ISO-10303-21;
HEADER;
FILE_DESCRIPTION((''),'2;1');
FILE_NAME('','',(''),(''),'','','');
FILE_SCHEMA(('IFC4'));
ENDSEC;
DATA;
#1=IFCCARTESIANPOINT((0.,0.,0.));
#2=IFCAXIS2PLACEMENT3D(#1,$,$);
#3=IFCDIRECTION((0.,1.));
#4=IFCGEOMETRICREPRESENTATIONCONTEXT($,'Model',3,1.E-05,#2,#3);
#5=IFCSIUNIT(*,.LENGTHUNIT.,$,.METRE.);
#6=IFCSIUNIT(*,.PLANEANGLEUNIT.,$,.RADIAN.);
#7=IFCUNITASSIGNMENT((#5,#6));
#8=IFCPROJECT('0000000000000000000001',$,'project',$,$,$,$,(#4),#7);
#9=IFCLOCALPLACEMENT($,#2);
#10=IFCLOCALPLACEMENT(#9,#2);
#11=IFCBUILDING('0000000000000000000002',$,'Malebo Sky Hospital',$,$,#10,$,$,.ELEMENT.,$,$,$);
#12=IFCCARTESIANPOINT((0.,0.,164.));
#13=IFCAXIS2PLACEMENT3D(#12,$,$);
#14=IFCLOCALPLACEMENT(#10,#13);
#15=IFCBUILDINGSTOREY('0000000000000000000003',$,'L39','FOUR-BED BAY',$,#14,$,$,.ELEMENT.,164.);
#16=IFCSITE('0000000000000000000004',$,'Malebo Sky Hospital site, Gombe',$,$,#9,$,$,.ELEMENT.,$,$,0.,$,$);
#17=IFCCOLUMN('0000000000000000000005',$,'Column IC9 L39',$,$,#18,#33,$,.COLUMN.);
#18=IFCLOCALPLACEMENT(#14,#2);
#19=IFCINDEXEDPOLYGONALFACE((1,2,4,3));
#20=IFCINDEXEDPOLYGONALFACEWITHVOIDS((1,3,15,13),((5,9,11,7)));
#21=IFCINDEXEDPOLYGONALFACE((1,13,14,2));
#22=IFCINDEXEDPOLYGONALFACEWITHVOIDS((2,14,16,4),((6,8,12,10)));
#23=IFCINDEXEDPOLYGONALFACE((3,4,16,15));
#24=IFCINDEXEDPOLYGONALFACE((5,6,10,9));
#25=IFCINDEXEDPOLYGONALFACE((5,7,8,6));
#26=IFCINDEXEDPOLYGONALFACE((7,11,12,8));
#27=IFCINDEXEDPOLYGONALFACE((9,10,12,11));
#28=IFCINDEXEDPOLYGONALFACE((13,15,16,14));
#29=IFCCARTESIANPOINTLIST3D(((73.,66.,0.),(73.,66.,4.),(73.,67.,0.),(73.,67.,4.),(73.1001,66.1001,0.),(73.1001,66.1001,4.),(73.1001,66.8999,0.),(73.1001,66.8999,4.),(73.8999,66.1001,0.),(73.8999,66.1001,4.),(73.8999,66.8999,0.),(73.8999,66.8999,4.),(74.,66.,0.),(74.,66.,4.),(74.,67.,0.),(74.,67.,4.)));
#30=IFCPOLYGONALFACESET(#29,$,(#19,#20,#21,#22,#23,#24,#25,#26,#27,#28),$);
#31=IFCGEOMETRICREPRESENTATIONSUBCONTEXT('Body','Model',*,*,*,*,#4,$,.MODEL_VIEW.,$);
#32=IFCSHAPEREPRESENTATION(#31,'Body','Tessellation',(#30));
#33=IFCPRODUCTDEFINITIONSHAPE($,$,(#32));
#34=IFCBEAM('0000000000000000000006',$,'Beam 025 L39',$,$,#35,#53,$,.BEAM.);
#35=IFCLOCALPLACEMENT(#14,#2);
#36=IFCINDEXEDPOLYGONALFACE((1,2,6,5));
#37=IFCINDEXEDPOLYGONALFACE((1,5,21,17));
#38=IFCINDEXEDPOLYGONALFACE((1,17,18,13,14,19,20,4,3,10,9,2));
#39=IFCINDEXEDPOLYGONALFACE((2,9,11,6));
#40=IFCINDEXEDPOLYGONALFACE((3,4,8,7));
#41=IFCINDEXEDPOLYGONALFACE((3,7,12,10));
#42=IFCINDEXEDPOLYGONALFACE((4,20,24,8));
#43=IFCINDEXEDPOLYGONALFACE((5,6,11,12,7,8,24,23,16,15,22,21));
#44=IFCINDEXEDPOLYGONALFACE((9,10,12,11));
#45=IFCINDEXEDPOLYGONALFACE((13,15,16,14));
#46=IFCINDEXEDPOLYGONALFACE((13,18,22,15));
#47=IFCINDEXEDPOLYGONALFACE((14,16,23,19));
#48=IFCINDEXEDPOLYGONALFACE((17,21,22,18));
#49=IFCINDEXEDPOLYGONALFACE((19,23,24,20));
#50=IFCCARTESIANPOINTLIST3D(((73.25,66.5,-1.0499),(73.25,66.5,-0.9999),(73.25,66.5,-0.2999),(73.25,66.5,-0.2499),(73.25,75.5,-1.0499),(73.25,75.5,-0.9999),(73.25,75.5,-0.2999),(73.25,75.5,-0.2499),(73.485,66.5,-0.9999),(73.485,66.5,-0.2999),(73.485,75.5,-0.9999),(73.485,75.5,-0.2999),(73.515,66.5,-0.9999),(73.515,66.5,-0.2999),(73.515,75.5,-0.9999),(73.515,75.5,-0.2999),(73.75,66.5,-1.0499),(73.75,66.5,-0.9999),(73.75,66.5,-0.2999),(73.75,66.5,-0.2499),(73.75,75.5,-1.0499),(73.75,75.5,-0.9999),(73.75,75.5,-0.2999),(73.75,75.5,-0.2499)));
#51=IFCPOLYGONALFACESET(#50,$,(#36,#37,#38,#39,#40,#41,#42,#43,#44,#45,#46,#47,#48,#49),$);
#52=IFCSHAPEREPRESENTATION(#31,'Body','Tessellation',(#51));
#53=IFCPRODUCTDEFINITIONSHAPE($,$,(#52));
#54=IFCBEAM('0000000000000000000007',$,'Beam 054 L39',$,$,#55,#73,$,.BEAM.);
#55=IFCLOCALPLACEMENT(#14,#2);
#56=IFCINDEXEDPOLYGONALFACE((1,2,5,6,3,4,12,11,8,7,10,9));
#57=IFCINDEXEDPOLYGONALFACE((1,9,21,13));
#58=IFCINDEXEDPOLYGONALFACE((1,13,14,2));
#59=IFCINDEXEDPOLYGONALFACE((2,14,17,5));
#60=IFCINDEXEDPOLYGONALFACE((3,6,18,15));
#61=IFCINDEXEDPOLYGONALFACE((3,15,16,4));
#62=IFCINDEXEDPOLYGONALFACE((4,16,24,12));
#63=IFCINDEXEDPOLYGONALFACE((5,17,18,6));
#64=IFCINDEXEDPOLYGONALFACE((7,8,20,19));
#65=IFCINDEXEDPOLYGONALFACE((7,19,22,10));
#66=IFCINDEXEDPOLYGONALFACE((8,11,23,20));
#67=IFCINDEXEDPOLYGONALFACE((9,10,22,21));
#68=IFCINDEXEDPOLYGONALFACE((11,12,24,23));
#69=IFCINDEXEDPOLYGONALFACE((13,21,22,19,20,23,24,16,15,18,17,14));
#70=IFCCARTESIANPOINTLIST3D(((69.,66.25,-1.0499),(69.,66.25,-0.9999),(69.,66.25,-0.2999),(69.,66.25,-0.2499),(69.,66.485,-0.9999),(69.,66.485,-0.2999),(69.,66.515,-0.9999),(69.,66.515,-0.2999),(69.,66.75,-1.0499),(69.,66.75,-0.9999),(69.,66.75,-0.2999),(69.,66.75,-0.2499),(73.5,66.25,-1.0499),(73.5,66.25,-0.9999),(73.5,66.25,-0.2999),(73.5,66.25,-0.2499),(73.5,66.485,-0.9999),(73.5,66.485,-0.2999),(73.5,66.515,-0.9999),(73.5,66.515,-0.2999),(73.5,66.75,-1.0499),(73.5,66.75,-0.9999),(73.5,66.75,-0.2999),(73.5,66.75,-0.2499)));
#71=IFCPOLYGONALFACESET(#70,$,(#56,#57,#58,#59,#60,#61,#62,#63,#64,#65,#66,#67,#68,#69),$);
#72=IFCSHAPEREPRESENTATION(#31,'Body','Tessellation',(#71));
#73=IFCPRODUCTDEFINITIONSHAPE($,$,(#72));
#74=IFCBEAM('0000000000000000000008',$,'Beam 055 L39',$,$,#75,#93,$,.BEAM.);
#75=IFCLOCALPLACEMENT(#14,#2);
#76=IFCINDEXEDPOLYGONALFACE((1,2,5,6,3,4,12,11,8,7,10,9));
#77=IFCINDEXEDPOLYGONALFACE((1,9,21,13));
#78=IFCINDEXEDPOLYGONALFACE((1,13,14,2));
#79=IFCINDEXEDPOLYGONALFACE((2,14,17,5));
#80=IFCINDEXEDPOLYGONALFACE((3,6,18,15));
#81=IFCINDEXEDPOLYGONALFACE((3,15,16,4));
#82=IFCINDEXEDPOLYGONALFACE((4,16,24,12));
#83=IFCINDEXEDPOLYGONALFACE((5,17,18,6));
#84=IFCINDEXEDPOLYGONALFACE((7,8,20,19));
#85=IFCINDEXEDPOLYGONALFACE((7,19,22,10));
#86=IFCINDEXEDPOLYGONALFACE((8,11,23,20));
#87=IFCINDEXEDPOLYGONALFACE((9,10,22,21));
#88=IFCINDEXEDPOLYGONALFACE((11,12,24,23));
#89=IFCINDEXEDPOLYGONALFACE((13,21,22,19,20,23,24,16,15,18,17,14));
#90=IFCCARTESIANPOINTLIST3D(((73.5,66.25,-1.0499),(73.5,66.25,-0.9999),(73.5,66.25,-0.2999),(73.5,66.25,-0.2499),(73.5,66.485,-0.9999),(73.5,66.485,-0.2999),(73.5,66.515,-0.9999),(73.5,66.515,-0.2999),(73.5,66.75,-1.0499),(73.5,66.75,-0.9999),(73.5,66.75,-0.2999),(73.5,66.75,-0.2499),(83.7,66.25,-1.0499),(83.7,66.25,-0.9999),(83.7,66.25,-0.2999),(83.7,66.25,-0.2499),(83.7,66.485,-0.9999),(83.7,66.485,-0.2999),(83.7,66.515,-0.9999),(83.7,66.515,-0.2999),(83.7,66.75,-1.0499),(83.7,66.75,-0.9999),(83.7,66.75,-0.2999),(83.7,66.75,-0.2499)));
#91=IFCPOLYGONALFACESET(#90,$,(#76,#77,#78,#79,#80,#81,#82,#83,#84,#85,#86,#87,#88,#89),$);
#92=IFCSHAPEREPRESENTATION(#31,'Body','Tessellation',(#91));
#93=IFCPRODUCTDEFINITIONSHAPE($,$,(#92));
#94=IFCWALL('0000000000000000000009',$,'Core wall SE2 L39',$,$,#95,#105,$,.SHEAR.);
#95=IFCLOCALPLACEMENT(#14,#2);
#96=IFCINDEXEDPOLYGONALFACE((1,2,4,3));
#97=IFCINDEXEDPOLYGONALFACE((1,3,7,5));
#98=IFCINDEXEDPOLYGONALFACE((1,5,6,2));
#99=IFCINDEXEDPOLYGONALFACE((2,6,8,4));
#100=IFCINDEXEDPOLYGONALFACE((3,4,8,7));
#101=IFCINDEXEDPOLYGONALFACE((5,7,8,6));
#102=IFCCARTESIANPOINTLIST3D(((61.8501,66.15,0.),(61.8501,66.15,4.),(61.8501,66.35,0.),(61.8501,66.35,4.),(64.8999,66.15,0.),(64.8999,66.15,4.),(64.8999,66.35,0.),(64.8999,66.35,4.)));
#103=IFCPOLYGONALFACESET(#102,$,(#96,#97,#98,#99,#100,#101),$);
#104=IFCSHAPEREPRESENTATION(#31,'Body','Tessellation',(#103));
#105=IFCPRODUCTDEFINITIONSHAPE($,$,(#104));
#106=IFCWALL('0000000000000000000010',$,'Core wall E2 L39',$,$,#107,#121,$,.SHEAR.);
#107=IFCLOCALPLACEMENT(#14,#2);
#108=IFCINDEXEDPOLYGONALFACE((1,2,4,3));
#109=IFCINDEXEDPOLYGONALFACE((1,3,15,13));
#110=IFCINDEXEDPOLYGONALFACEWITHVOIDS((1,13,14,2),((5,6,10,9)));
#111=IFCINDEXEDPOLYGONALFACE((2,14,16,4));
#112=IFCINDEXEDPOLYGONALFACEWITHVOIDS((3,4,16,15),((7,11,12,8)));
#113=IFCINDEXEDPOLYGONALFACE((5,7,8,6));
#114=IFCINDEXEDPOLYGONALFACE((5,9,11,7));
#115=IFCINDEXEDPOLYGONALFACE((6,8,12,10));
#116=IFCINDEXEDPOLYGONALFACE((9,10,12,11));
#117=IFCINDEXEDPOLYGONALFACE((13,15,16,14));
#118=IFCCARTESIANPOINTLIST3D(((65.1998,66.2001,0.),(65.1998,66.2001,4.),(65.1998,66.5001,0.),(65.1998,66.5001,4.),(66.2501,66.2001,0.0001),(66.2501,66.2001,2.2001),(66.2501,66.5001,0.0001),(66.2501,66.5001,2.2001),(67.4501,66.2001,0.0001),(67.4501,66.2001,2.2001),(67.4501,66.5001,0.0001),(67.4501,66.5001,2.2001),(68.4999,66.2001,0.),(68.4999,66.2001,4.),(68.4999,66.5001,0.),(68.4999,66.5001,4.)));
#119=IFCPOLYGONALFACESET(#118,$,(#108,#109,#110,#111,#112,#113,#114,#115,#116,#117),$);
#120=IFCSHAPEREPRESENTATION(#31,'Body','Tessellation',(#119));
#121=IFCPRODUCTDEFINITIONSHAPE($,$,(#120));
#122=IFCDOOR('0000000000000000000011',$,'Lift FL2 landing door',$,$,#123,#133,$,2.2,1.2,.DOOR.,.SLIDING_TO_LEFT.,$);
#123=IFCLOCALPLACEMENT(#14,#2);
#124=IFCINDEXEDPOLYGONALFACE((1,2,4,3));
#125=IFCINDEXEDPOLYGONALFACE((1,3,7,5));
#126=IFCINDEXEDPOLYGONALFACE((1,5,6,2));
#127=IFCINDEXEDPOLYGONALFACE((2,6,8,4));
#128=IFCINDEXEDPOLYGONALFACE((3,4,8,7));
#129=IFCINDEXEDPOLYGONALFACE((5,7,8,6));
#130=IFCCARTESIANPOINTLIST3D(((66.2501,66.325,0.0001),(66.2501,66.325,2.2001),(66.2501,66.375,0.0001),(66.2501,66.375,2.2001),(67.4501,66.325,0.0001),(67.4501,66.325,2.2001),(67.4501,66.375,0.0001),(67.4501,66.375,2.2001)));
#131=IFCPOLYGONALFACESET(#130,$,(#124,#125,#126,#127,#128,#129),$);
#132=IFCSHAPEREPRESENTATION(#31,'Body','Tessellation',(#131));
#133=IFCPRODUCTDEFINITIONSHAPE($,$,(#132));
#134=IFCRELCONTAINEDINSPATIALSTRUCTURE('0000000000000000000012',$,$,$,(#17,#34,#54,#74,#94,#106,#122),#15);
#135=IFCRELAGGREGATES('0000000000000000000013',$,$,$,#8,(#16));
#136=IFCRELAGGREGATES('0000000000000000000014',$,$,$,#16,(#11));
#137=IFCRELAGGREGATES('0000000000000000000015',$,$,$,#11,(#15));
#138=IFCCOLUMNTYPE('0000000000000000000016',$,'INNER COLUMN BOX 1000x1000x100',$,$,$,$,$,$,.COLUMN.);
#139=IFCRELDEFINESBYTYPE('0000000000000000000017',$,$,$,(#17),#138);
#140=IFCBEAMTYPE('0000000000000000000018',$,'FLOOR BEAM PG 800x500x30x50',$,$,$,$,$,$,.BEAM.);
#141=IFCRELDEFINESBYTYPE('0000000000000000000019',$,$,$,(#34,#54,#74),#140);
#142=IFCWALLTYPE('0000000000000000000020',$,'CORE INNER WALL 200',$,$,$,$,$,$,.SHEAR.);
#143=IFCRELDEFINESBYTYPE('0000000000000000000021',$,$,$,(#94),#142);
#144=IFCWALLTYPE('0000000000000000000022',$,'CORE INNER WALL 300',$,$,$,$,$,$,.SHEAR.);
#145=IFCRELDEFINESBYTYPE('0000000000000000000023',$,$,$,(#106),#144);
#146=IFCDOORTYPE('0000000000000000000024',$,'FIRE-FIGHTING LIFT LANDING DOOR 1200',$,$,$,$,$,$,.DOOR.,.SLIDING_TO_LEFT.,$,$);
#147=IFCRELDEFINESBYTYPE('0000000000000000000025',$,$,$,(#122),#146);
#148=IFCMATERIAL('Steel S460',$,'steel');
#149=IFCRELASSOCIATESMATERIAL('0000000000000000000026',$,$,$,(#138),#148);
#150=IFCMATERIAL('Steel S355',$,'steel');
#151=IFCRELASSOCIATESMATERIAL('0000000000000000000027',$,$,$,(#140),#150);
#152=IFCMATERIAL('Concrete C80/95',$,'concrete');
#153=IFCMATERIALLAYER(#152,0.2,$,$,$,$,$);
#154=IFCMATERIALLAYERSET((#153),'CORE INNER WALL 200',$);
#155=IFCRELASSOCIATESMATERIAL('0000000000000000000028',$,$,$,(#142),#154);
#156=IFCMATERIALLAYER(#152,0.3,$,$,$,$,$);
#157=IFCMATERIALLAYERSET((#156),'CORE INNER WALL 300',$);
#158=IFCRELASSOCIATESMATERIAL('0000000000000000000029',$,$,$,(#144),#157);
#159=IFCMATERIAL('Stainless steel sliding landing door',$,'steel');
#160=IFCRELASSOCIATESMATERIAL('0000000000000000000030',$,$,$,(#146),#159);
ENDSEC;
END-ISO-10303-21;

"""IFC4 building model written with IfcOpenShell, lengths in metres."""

from ifc_helpers import new_model, si_unit, direction, frame, frame_2d, origin, origin_2d, place, context, subcontext, project, spatial, rectangle, hollow_rectangle, i_section, extrude, material, layer, layer_set, material_profile, profile_set, type_object, element, fill, save


model = new_model("IFC4")

# Units and contexts
model_context = context("Model", 3, precision=1e-05, world=origin(), true_north=direction((0.0, 1.0)))
body_context = subcontext(model_context, "Body", "Model", "MODEL_VIEW")
ifc_project = project(units=[si_unit("LENGTHUNIT", "METRE"), si_unit("PLANEANGLEUNIT", "RADIAN")], contexts=[model_context])

# Site, building, storey
site_placement = place(None, origin())
site = spatial("IfcSite", under=ifc_project, at=site_placement, Name="Malebo Sky Hospital site, Gombe", CompositionType="ELEMENT", RefElevation=0.0)
building_placement = place(site_placement, origin())
building = spatial("IfcBuilding", under=site, at=building_placement, Name="Malebo Sky Hospital", CompositionType="ELEMENT")
storey_placement = place(building_placement, frame((0.0, 0.0, 164.0)))
storey = spatial("IfcBuildingStorey", under=building, at=storey_placement, Name="L39", Description="FOUR-BED BAY", CompositionType="ELEMENT", Elevation=164.0)

# Column
ifc_material_1 = material(Name="Steel S460", Category="steel")
ifc_material_profile_1 = material_profile(ifc_material_1, hollow_rectangle(XDim=1.0, YDim=1.0, WallThickness=0.1001, at=origin_2d()), Name="BOX 1000x1000x100")
ifc_profile_set_1 = profile_set([ifc_material_profile_1], Name="Steel S460")
column_type = type_object("IfcColumnType", Name="INNER COLUMN BOX 1000x1000x100", PredefinedType="COLUMN", material=ifc_profile_set_1)
column_placement = place(storey_placement, frame((73.5, 66.5, 0.0), z_axis=(0.0, 0.0, 1.0), x_axis=(1.0, 0.0, 0.0)))
element("IfcColumn", 1, at=column_placement, inside=storey, type_object=column_type, Name="Column IC9 L39", PredefinedType="COLUMN", context=body_context, shape_type="SweptSolid", body=[
    extrude(hollow_rectangle(XDim=1.0, YDim=1.0, WallThickness=0.1001, at=origin_2d()), origin(), (0.0, 0.0, 1.0), 4.0),
])

# Beams
ifc_material_2 = material(Name="Steel S355", Category="steel")
ifc_material_profile_2 = material_profile(ifc_material_2, i_section(OverallWidth=0.5, OverallDepth=0.8, WebThickness=0.03, FlangeThickness=0.05, at=origin_2d()), Name="PG 800x500x30x50")
ifc_profile_set_2 = profile_set([ifc_material_profile_2], Name="Steel S355")
beam_type = type_object("IfcBeamType", Name="FLOOR BEAM PG 800x500x30x50", PredefinedType="BEAM", material=ifc_profile_set_2)
beam_1_placement = place(storey_placement, frame((73.5, 66.5, -0.6499), z_axis=(0.0, 1.0, 0.0), x_axis=(-1.0, 0.0, 0.0)))
element("IfcBeam", 2, at=beam_1_placement, inside=storey, type_object=beam_type, Name="Beam 025 L39", PredefinedType="BEAM", context=body_context, shape_type="SweptSolid", body=[
    extrude(i_section(OverallWidth=0.5, OverallDepth=0.8, WebThickness=0.03, FlangeThickness=0.05, at=origin_2d()), origin(), (0.0, 0.0, 1.0), 9.0),
])
beam_2_placement = place(storey_placement, frame((69.0, 66.5, -0.6499), z_axis=(1.0, 0.0, 0.0), x_axis=(0.0, 1.0, 0.0)))
element("IfcBeam", 3, at=beam_2_placement, inside=storey, type_object=beam_type, Name="Beam 054 L39", PredefinedType="BEAM", context=body_context, shape_type="SweptSolid", body=[
    extrude(i_section(OverallWidth=0.5, OverallDepth=0.8, WebThickness=0.03, FlangeThickness=0.05, at=origin_2d()), origin(), (0.0, 0.0, 1.0), 4.5),
])
beam_3_placement = place(storey_placement, frame((73.5, 66.5, -0.6499), z_axis=(1.0, 0.0, 0.0), x_axis=(0.0, 1.0, 0.0)))
element("IfcBeam", 4, at=beam_3_placement, inside=storey, type_object=beam_type, Name="Beam 055 L39", PredefinedType="BEAM", context=body_context, shape_type="SweptSolid", body=[
    extrude(i_section(OverallWidth=0.5, OverallDepth=0.8, WebThickness=0.03, FlangeThickness=0.05, at=origin_2d()), origin(), (0.0, 0.0, 1.0), 10.2),
])

# Wall
ifc_material_3 = material(Name="Concrete C80/95", Category="concrete")
ifc_layer_1 = layer(ifc_material_3, 0.2)
ifc_layer_set_1 = layer_set([ifc_layer_1], Name="CORE INNER WALL 200")
wall_type_1 = type_object("IfcWallType", Name="CORE INNER WALL 200", PredefinedType="SHEAR", material=ifc_layer_set_1)
wall_1_placement = place(storey_placement, frame((61.8501, 66.25, 0.0), z_axis=(0.0, 0.0, 1.0), x_axis=(1.0, 0.0, 0.0)))
element("IfcWall", 5, at=wall_1_placement, inside=storey, type_object=wall_type_1, Name="Core wall SE2 L39", PredefinedType="SHEAR", context=body_context, shape_type="SweptSolid", body=[
    extrude(rectangle(XDim=3.0498, YDim=0.2, at=frame_2d((1.5249, 0.0))), origin(), (0.0, 0.0, 1.0), 4.0),
])

# Wall, opening, door
ifc_layer_2 = layer(ifc_material_3, 0.3)
ifc_layer_set_2 = layer_set([ifc_layer_2], Name="CORE INNER WALL 300")
wall_type_2 = type_object("IfcWallType", Name="CORE INNER WALL 300", PredefinedType="SHEAR", material=ifc_layer_set_2)
wall_2_placement = place(storey_placement, frame((65.2, 66.3501, 0.0), z_axis=(0.0, 0.0, 1.0), x_axis=(1.0, 0.0, 0.0)))
wall_2 = element("IfcWall", 6, at=wall_2_placement, inside=storey, type_object=wall_type_2, Name="Core wall E2 L39", PredefinedType="SHEAR", context=body_context, shape_type="SweptSolid", body=[
    extrude(rectangle(XDim=3.3, YDim=0.3, at=frame_2d((1.6499, 0.0))), origin(), (0.0, 0.0, 1.0), 4.0),
])
opening_1_placement = place(wall_2_placement, frame((1.05, 0.0, 0.0)))
opening_1 = element("IfcOpeningElement", 7, at=opening_1_placement, cuts=wall_2, PredefinedType="OPENING", context=body_context, shape_type="SweptSolid", body=[
    extrude(rectangle(XDim=1.2, YDim=2.2, at=frame_2d((0.6001, 1.1001))), frame((0.0, 0.1599, 0.0), z_axis=(0.0, -1.0, 0.0), x_axis=(1.0, 0.0, 0.0)), (0.0, 0.0, 1.0), 0.3201),
])
ifc_material_4 = material(Name="Stainless steel sliding landing door", Category="steel")
door_type_1 = type_object("IfcDoorType", Name="FIRE-FIGHTING LIFT LANDING DOOR 1200", OperationType="SLIDING_TO_LEFT", PredefinedType="DOOR", material=ifc_material_4)
door_1_placement = place(opening_1_placement, origin())
door_1 = element("IfcDoor", 8, at=door_1_placement, inside=storey, type_object=door_type_1, Name="Lift FL2 landing door", OperationType="SLIDING_TO_LEFT", OverallHeight=2.2, OverallWidth=1.2, PredefinedType="DOOR", context=body_context, shape_type="SweptSolid", body=[
    extrude(rectangle(XDim=1.2, YDim=2.2, at=frame_2d((0.6001, 1.1001))), frame((0.0, 0.0249, 0.0), z_axis=(0.0, -1.0, 0.0), x_axis=(1.0, 0.0, 0.0)), (0.0, 0.0, 1.0), 0.05),
])
fill(opening_1, door_1)

save(model, "model.ifc")
